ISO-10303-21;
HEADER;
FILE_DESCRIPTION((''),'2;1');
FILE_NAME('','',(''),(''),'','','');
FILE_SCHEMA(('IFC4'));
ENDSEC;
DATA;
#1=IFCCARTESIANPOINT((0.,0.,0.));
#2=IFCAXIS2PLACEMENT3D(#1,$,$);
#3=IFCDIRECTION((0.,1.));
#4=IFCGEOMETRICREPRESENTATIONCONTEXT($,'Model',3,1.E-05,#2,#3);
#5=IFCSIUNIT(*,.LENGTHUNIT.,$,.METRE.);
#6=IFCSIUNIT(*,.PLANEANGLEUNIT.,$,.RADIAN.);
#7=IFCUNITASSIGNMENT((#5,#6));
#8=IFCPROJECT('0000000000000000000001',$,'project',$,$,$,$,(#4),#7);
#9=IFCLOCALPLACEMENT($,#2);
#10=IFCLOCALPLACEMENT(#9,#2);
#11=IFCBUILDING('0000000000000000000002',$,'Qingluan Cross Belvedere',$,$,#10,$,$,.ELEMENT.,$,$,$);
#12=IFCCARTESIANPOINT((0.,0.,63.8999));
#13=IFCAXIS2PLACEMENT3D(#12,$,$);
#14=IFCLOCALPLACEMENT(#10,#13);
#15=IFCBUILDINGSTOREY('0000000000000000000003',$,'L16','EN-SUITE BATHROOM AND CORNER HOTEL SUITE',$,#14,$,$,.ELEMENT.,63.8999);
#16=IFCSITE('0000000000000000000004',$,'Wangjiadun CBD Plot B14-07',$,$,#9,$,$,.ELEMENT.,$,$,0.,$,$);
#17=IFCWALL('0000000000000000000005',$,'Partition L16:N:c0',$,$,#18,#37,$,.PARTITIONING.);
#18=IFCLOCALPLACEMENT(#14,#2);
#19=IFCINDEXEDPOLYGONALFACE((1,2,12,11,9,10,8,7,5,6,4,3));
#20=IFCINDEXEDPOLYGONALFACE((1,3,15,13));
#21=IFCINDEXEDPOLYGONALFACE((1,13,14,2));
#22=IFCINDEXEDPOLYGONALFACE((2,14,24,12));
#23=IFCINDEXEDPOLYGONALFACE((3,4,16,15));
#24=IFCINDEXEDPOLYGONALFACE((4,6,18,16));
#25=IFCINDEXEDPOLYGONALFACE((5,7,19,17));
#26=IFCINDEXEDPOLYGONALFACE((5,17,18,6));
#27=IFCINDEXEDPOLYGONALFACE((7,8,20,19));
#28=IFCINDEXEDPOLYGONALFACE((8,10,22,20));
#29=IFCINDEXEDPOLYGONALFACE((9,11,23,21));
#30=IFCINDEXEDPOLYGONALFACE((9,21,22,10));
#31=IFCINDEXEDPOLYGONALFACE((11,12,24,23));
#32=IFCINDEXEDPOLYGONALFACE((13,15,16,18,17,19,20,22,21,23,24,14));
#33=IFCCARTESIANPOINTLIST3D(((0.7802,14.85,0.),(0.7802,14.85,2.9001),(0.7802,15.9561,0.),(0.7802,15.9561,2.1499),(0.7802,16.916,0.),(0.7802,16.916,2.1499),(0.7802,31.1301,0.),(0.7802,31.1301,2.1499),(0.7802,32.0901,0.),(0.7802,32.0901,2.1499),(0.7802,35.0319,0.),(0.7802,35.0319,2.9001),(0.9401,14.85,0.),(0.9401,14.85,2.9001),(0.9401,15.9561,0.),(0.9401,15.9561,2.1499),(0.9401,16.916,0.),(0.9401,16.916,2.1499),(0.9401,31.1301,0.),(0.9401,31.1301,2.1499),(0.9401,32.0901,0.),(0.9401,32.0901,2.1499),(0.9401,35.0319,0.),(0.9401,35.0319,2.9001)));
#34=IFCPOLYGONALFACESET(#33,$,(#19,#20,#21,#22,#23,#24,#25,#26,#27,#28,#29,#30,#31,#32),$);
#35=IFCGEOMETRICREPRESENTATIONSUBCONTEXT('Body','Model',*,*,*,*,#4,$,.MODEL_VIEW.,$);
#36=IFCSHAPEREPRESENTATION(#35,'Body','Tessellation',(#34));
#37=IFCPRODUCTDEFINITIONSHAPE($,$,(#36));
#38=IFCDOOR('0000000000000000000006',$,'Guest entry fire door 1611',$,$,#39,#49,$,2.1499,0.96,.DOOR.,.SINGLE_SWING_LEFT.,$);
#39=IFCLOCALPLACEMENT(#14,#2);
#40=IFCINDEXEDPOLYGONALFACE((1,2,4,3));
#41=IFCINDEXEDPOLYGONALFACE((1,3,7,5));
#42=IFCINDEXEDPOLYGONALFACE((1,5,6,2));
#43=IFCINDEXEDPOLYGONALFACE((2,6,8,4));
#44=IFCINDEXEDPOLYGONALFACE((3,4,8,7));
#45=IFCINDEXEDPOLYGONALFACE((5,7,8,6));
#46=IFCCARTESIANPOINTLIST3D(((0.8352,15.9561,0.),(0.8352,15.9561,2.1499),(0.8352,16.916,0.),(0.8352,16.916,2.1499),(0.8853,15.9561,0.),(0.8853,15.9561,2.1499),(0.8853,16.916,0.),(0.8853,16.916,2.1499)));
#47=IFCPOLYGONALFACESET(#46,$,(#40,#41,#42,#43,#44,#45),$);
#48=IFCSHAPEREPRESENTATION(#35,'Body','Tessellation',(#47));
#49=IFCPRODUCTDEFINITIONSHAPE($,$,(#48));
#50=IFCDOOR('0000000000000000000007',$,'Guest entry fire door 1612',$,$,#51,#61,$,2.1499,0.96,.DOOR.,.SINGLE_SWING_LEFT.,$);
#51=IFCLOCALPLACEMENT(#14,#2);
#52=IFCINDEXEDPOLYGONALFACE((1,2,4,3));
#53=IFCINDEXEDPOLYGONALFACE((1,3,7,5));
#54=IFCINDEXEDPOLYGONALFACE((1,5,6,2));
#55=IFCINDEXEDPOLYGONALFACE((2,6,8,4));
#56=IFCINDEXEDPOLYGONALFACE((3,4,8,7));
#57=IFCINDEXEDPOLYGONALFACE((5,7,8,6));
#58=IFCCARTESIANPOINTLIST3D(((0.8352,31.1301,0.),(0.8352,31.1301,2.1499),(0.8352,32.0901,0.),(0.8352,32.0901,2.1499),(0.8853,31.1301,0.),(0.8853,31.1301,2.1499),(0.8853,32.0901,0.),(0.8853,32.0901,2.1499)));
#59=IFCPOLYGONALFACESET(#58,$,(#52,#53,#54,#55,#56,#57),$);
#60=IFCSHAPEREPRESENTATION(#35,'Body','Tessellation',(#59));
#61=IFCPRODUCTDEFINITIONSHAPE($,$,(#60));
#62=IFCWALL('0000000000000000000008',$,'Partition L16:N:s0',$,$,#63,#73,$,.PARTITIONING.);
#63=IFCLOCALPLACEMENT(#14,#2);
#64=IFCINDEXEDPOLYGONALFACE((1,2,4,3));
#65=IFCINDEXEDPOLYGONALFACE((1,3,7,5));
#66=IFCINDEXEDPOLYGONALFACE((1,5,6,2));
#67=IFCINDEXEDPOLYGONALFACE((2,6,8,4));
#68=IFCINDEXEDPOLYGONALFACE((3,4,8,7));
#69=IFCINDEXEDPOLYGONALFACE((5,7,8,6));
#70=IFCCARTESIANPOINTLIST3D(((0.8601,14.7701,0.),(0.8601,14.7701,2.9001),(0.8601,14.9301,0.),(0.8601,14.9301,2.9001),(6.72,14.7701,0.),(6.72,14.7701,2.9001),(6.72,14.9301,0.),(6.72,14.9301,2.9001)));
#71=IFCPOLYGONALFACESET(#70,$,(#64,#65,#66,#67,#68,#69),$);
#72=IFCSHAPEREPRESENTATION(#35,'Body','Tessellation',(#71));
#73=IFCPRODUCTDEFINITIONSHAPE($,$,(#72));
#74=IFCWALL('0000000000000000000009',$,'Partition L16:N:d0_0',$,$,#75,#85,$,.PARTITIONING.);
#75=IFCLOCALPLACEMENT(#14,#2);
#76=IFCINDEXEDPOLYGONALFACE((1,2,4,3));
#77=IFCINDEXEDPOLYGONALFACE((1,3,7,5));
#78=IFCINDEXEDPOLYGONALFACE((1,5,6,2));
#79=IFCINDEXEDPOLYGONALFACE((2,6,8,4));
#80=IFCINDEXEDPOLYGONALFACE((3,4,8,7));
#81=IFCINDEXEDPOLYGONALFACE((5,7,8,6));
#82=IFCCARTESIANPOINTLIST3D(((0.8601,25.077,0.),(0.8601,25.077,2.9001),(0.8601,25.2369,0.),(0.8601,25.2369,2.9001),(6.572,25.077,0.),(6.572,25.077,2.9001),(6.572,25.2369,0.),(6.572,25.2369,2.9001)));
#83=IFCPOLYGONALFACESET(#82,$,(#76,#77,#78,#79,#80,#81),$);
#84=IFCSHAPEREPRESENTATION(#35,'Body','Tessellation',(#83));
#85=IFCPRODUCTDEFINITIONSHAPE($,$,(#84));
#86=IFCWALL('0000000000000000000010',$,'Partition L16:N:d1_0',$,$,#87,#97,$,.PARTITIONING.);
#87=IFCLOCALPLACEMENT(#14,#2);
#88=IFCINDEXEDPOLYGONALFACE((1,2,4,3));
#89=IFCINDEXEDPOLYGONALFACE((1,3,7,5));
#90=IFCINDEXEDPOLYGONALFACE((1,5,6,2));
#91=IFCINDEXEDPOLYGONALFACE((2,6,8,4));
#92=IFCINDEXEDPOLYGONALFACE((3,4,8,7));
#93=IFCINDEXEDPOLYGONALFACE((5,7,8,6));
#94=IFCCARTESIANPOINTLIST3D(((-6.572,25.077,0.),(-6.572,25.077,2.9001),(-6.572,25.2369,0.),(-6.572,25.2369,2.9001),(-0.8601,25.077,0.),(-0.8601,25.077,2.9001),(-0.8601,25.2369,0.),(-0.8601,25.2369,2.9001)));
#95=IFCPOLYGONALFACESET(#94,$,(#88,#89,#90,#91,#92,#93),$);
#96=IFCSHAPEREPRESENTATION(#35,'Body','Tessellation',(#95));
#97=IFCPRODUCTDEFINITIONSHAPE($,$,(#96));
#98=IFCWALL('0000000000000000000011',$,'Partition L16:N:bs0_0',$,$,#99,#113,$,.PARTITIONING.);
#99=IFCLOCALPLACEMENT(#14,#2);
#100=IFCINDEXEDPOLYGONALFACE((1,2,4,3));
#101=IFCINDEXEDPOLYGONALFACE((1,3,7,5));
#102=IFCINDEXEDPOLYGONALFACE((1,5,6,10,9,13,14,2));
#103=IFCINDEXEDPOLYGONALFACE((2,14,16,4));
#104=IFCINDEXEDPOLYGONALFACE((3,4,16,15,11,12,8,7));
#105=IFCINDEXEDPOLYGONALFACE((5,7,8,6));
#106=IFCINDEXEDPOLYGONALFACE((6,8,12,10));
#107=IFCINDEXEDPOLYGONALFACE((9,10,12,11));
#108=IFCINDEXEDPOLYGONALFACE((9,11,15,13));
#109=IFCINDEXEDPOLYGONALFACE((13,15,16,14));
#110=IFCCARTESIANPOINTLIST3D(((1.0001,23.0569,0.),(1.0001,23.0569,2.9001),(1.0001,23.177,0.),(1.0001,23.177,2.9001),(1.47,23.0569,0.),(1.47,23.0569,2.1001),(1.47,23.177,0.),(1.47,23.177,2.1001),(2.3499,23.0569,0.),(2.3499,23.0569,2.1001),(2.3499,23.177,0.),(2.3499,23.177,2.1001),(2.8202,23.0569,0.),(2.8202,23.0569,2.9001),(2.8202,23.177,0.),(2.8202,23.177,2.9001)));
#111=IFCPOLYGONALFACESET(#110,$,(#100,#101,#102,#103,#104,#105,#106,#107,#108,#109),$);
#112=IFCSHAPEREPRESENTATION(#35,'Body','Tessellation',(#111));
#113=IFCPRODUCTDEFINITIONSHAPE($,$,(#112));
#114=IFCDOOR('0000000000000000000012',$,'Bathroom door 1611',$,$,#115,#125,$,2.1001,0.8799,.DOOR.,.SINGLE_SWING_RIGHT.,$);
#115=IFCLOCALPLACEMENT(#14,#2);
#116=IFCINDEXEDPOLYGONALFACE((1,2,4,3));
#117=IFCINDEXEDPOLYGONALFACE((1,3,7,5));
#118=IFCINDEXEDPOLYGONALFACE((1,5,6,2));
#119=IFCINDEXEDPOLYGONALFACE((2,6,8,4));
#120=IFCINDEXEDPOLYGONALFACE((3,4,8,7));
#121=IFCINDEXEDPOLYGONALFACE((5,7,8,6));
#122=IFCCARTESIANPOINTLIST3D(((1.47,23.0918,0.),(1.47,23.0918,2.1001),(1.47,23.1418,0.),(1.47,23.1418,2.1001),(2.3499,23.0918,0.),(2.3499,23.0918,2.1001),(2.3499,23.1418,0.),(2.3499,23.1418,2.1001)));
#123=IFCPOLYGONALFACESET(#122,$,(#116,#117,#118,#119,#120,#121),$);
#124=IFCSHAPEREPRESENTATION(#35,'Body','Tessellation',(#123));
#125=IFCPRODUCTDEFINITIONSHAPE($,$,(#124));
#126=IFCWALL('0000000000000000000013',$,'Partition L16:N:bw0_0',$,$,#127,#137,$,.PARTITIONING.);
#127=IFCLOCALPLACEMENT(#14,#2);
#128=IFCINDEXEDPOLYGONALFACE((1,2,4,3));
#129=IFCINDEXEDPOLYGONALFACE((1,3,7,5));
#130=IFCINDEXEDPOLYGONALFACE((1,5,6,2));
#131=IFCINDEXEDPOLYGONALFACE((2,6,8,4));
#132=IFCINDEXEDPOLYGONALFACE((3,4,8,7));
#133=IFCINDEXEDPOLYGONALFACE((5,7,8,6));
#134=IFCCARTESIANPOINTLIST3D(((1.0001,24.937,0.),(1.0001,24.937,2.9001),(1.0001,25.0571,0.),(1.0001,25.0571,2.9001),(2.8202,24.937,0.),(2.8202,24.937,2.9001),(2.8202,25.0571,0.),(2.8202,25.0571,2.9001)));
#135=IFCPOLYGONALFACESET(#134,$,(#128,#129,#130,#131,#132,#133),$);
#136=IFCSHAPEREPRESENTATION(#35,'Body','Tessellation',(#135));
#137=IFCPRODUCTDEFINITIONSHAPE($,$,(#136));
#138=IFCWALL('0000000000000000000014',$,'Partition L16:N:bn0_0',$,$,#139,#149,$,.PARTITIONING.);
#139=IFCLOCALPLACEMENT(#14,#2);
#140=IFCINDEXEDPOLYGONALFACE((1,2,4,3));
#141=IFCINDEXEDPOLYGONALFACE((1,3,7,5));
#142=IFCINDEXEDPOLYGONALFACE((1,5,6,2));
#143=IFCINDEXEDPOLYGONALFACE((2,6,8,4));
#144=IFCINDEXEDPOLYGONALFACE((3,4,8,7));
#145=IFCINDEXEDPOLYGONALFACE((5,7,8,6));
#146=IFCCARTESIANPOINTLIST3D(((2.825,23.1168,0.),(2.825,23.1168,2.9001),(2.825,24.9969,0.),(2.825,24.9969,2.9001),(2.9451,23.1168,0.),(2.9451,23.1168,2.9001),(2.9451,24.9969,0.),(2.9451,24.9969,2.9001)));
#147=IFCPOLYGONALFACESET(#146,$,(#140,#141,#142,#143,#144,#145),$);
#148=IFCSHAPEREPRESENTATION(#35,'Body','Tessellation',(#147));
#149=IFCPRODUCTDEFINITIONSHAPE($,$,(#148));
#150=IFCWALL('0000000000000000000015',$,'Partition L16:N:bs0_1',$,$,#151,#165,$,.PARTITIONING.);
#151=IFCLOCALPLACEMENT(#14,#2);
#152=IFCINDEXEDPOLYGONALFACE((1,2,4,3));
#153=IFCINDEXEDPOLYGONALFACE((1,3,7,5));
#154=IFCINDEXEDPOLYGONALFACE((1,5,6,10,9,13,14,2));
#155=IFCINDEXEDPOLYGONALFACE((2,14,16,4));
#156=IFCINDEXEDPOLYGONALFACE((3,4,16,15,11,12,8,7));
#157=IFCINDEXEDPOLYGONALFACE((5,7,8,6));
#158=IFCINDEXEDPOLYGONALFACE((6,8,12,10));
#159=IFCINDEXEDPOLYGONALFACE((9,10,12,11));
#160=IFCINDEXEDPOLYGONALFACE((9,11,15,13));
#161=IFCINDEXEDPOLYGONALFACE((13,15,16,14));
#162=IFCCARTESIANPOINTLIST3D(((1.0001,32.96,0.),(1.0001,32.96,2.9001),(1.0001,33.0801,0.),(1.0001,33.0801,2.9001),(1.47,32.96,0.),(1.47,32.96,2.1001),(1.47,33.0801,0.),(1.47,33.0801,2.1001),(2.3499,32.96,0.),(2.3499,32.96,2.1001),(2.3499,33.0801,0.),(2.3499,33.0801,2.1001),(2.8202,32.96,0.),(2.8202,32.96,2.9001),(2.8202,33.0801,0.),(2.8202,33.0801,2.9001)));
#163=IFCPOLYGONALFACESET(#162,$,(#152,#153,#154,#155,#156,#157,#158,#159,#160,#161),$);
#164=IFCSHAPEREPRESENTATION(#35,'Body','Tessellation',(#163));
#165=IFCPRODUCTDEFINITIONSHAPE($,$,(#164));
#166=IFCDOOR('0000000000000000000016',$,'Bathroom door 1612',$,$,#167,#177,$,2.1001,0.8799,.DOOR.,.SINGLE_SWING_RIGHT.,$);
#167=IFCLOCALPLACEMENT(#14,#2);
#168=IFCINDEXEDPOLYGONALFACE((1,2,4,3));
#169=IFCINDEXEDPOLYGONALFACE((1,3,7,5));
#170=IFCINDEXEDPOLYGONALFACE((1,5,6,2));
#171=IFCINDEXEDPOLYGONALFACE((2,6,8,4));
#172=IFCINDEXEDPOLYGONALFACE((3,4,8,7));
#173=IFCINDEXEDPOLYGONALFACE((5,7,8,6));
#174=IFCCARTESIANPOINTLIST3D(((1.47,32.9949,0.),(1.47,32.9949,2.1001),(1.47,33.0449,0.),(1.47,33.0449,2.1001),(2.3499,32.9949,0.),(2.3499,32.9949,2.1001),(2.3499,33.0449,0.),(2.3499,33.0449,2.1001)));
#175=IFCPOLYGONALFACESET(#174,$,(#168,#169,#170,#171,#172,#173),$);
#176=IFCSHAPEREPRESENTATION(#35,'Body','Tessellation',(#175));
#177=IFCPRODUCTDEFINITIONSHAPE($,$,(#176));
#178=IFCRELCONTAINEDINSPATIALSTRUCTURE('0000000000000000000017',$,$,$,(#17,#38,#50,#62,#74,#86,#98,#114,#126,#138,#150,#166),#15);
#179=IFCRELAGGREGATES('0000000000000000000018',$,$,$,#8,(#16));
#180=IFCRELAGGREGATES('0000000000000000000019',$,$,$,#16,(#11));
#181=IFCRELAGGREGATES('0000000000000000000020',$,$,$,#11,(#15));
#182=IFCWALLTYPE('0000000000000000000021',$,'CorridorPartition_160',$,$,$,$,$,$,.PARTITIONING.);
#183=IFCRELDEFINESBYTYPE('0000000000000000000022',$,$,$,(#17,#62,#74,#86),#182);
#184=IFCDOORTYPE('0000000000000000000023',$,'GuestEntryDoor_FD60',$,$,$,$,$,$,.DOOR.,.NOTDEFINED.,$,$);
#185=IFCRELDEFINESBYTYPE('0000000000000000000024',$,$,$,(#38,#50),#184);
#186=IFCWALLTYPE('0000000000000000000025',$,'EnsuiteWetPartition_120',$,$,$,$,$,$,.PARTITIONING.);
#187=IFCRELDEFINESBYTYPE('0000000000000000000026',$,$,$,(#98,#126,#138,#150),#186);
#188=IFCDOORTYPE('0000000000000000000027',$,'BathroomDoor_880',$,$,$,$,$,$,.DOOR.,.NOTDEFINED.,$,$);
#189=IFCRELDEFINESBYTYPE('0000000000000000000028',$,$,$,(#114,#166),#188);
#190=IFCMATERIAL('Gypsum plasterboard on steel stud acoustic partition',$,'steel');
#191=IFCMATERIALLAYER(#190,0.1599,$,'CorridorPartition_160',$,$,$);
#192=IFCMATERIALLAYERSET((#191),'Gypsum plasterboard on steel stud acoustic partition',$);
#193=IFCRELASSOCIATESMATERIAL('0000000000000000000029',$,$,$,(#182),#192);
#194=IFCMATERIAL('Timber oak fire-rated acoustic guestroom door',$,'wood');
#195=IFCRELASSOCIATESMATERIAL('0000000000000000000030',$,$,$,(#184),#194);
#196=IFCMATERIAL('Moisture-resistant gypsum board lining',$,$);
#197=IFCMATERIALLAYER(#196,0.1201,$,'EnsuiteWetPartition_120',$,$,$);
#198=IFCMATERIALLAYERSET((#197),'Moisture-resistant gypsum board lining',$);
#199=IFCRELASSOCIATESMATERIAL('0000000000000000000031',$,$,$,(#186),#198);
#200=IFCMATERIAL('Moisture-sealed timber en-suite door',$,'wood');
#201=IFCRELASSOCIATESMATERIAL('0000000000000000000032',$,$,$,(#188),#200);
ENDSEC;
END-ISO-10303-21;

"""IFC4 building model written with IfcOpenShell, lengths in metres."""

from ifc_helpers import new_model, si_unit, direction, frame, frame_2d, origin, place, context, subcontext, project, spatial, rectangle, extrude, material, layer, layer_set, type_object, element, fill, save


model = new_model("IFC4")

# Units and contexts
model_context = context("Model", 3, precision=1e-05, world=origin(), true_north=direction((0.0, 1.0)))
body_context = subcontext(model_context, "Body", "Model", "MODEL_VIEW")
ifc_project = project(units=[si_unit("LENGTHUNIT", "METRE"), si_unit("PLANEANGLEUNIT", "RADIAN")], contexts=[model_context])

# Site, building, storey
site_placement = place(None, origin())
site = spatial("IfcSite", under=ifc_project, at=site_placement, Name="Wangjiadun CBD Plot B14-07", CompositionType="ELEMENT", RefElevation=0.0)
building_placement = place(site_placement, origin())
building = spatial("IfcBuilding", under=site, at=building_placement, Name="Qingluan Cross Belvedere", CompositionType="ELEMENT")
storey_placement = place(building_placement, frame((0.0, 0.0, 63.8999)))
storey = spatial("IfcBuildingStorey", under=building, at=storey_placement, Name="L16", Description="EN-SUITE BATHROOM AND CORNER HOTEL SUITE", CompositionType="ELEMENT", Elevation=63.8999)

# Wall, openings, doors
ifc_material_1 = material(Name="Gypsum plasterboard on steel stud acoustic partition", Category="steel")
ifc_layer_1 = layer(ifc_material_1, 0.1599, Name="CorridorPartition_160")
ifc_layer_set_1 = layer_set([ifc_layer_1], Name="Gypsum plasterboard on steel stud acoustic partition")
wall_type_1 = type_object("IfcWallType", Name="CorridorPartition_160", PredefinedType="PARTITIONING", material=ifc_layer_set_1)
wall_1_placement = place(storey_placement, frame((0.8601, 14.8501, 0.0), z_axis=(0.0, 0.0, 1.0), x_axis=(0.0, 1.0, 0.0)))
wall_1 = element("IfcWall", 1, at=wall_1_placement, inside=storey, type_object=wall_type_1, Name="Partition L16:N:c0", PredefinedType="PARTITIONING", context=body_context, shape_type="SweptSolid", body=[
    extrude(rectangle(XDim=20.1819, YDim=0.1599, at=frame_2d((10.0908, 0.0))), origin(), (0.0, 0.0, 1.0), 2.9001),
])
opening_1_placement = place(wall_1_placement, frame((1.106, 0.0, 0.0)))
opening_1 = element("IfcOpeningElement", 2, at=opening_1_placement, cuts=wall_1, PredefinedType="OPENING", context=body_context, shape_type="SweptSolid", body=[
    extrude(rectangle(XDim=0.96, YDim=2.1499, at=frame_2d((0.48, 1.075))), frame((0.0, 0.0898, 0.0), z_axis=(0.0, -1.0, 0.0), x_axis=(1.0, 0.0, 0.0)), (0.0, 0.0, 1.0), 0.1799),
])
opening_2_placement = place(wall_1_placement, frame((16.28, 0.0, 0.0)))
opening_2 = element("IfcOpeningElement", 3, at=opening_2_placement, cuts=wall_1, PredefinedType="OPENING", context=body_context, shape_type="SweptSolid", body=[
    extrude(rectangle(XDim=0.96, YDim=2.1499, at=frame_2d((0.48, 1.075))), frame((0.0, 0.0898, 0.0), z_axis=(0.0, -1.0, 0.0), x_axis=(1.0, 0.0, 0.0)), (0.0, 0.0, 1.0), 0.1799),
])
ifc_material_2 = material(Name="Timber oak fire-rated acoustic guestroom door", Category="wood")
door_type_1 = type_object("IfcDoorType", Name="GuestEntryDoor_FD60", OperationType="NOTDEFINED", PredefinedType="DOOR", material=ifc_material_2)
door_1_placement = place(opening_1_placement, origin())
door_1 = element("IfcDoor", 4, at=door_1_placement, inside=storey, type_object=door_type_1, Name="Guest entry fire door 1611", OperationType="SINGLE_SWING_LEFT", OverallHeight=2.1499, OverallWidth=0.96, PredefinedType="DOOR", context=body_context, shape_type="SweptSolid", body=[
    extrude(rectangle(XDim=0.96, YDim=2.1499, at=frame_2d((0.48, 1.075))), frame((0.0, 0.0249, 0.0), z_axis=(0.0, -1.0, 0.0), x_axis=(1.0, 0.0, 0.0)), (0.0, 0.0, 1.0), 0.05),
])
fill(opening_1, door_1)
door_2_placement = place(opening_2_placement, origin())
door_2 = element("IfcDoor", 5, at=door_2_placement, inside=storey, type_object=door_type_1, Name="Guest entry fire door 1612", OperationType="SINGLE_SWING_LEFT", OverallHeight=2.1499, OverallWidth=0.96, PredefinedType="DOOR", context=body_context, shape_type="SweptSolid", body=[
    extrude(rectangle(XDim=0.96, YDim=2.1499, at=frame_2d((0.48, 1.075))), frame((0.0, 0.0249, 0.0), z_axis=(0.0, -1.0, 0.0), x_axis=(1.0, 0.0, 0.0)), (0.0, 0.0, 1.0), 0.05),
])
fill(opening_2, door_2)

# Walls
wall_2_placement = place(storey_placement, frame((0.8601, 14.8501, 0.0), z_axis=(0.0, 0.0, 1.0), x_axis=(1.0, 0.0, 0.0)))
element("IfcWall", 6, at=wall_2_placement, inside=storey, type_object=wall_type_1, Name="Partition L16:N:s0", PredefinedType="PARTITIONING", context=body_context, shape_type="SweptSolid", body=[
    extrude(rectangle(XDim=5.8599, YDim=0.1599, at=frame_2d((2.9299, 0.0))), origin(), (0.0, 0.0, 1.0), 2.9001),
])
for number, where, z_axis, x_axis, name in (
    (7, (0.8601, 25.157, 0.0), (0.0, 0.0, 1.0), (1.0, 0.0, 0.0), "Partition L16:N:d0_0"),
    (8, (-0.8601, 25.157, 0.0), (0.0, 0.0, 1.0), (-1.0, 0.0, 0.0), "Partition L16:N:d1_0"),
):
    element("IfcWall", number, at=place(storey_placement, frame(where, z_axis=z_axis, x_axis=x_axis)), inside=storey, type_object=wall_type_1, Name=name, PredefinedType="PARTITIONING", context=body_context, shape_type="SweptSolid", body=[
        extrude(rectangle(XDim=5.7119, YDim=0.1599, at=frame_2d((2.856, 0.0))), origin(), (0.0, 0.0, 1.0), 2.9001),
    ])

# Wall, opening, door
ifc_material_3 = material(Name="Moisture-resistant gypsum board lining")
ifc_layer_2 = layer(ifc_material_3, 0.1201, Name="EnsuiteWetPartition_120")
ifc_layer_set_2 = layer_set([ifc_layer_2], Name="Moisture-resistant gypsum board lining")
wall_type_2 = type_object("IfcWallType", Name="EnsuiteWetPartition_120", PredefinedType="PARTITIONING", material=ifc_layer_set_2)
wall_3_placement = place(storey_placement, frame((1.0, 23.1169, 0.0), z_axis=(0.0, 0.0, 1.0), x_axis=(1.0, 0.0, 0.0)))
wall_3 = element("IfcWall", 9, at=wall_3_placement, inside=storey, type_object=wall_type_2, Name="Partition L16:N:bs0_0", PredefinedType="PARTITIONING", context=body_context, shape_type="SweptSolid", body=[
    extrude(rectangle(XDim=1.8201, YDim=0.1201, at=frame_2d((0.9102, 0.0))), origin(), (0.0, 0.0, 1.0), 2.9001),
])
opening_3_placement = place(wall_3_placement, frame((0.47, 0.0, 0.0)))
opening_3 = element("IfcOpeningElement", 10, at=opening_3_placement, cuts=wall_3, PredefinedType="OPENING", context=body_context, shape_type="SweptSolid", body=[
    extrude(rectangle(XDim=0.8799, YDim=2.1001, at=frame_2d((0.4399, 1.05))), frame((0.0, 0.0701, 0.0), z_axis=(0.0, -1.0, 0.0), x_axis=(1.0, 0.0, 0.0)), (0.0, 0.0, 1.0), 0.1401),
])
ifc_material_4 = material(Name="Moisture-sealed timber en-suite door", Category="wood")
door_type_2 = type_object("IfcDoorType", Name="BathroomDoor_880", OperationType="NOTDEFINED", PredefinedType="DOOR", material=ifc_material_4)
door_3_placement = place(opening_3_placement, origin())
door_3 = element("IfcDoor", 11, at=door_3_placement, inside=storey, type_object=door_type_2, Name="Bathroom door 1611", OperationType="SINGLE_SWING_RIGHT", OverallHeight=2.1001, OverallWidth=0.8799, PredefinedType="DOOR", context=body_context, shape_type="SweptSolid", body=[
    extrude(rectangle(XDim=0.8799, YDim=2.1001, at=frame_2d((0.4399, 1.05))), frame((0.0, 0.0249, 0.0), z_axis=(0.0, -1.0, 0.0), x_axis=(1.0, 0.0, 0.0)), (0.0, 0.0, 1.0), 0.05),
])
fill(opening_3, door_3)

# Walls
wall_4_placement = place(storey_placement, frame((1.0, 24.9971, 0.0), z_axis=(0.0, 0.0, 1.0), x_axis=(1.0, 0.0, 0.0)))
element("IfcWall", 12, at=wall_4_placement, inside=storey, type_object=wall_type_2, Name="Partition L16:N:bw0_0", PredefinedType="PARTITIONING", context=body_context, shape_type="SweptSolid", body=[
    extrude(rectangle(XDim=1.8201, YDim=0.1201, at=frame_2d((0.9102, 0.0))), origin(), (0.0, 0.0, 1.0), 2.9001),
])
wall_5_placement = place(storey_placement, frame((2.885, 23.1169, 0.0), z_axis=(0.0, 0.0, 1.0), x_axis=(0.0, 1.0, 0.0)))
element("IfcWall", 13, at=wall_5_placement, inside=storey, type_object=wall_type_2, Name="Partition L16:N:bn0_0", PredefinedType="PARTITIONING", context=body_context, shape_type="SweptSolid", body=[
    extrude(rectangle(XDim=1.8801, YDim=0.1201, at=frame_2d((0.9399, 0.0))), origin(), (0.0, 0.0, 1.0), 2.9001),
])

# Wall, opening, door
wall_6_placement = place(storey_placement, frame((1.0, 33.02, 0.0), z_axis=(0.0, 0.0, 1.0), x_axis=(1.0, 0.0, 0.0)))
wall_6 = element("IfcWall", 14, at=wall_6_placement, inside=storey, type_object=wall_type_2, Name="Partition L16:N:bs0_1", PredefinedType="PARTITIONING", context=body_context, shape_type="SweptSolid", body=[
    extrude(rectangle(XDim=1.8201, YDim=0.1201, at=frame_2d((0.9102, 0.0))), origin(), (0.0, 0.0, 1.0), 2.9001),
])
opening_4_placement = place(wall_6_placement, frame((0.47, 0.0, 0.0)))
opening_4 = element("IfcOpeningElement", 15, at=opening_4_placement, cuts=wall_6, PredefinedType="OPENING", context=body_context, shape_type="SweptSolid", body=[
    extrude(rectangle(XDim=0.8799, YDim=2.1001, at=frame_2d((0.4399, 1.05))), frame((0.0, 0.0701, 0.0), z_axis=(0.0, -1.0, 0.0), x_axis=(1.0, 0.0, 0.0)), (0.0, 0.0, 1.0), 0.1401),
])
door_4_placement = place(opening_4_placement, origin())
door_4 = element("IfcDoor", 16, at=door_4_placement, inside=storey, type_object=door_type_2, Name="Bathroom door 1612", OperationType="SINGLE_SWING_RIGHT", OverallHeight=2.1001, OverallWidth=0.8799, PredefinedType="DOOR", context=body_context, shape_type="SweptSolid", body=[
    extrude(rectangle(XDim=0.8799, YDim=2.1001, at=frame_2d((0.4399, 1.05))), frame((0.0, 0.0249, 0.0), z_axis=(0.0, -1.0, 0.0), x_axis=(1.0, 0.0, 0.0)), (0.0, 0.0, 1.0), 0.05),
])
fill(opening_4, door_4)

save(model, "model.ifc")
